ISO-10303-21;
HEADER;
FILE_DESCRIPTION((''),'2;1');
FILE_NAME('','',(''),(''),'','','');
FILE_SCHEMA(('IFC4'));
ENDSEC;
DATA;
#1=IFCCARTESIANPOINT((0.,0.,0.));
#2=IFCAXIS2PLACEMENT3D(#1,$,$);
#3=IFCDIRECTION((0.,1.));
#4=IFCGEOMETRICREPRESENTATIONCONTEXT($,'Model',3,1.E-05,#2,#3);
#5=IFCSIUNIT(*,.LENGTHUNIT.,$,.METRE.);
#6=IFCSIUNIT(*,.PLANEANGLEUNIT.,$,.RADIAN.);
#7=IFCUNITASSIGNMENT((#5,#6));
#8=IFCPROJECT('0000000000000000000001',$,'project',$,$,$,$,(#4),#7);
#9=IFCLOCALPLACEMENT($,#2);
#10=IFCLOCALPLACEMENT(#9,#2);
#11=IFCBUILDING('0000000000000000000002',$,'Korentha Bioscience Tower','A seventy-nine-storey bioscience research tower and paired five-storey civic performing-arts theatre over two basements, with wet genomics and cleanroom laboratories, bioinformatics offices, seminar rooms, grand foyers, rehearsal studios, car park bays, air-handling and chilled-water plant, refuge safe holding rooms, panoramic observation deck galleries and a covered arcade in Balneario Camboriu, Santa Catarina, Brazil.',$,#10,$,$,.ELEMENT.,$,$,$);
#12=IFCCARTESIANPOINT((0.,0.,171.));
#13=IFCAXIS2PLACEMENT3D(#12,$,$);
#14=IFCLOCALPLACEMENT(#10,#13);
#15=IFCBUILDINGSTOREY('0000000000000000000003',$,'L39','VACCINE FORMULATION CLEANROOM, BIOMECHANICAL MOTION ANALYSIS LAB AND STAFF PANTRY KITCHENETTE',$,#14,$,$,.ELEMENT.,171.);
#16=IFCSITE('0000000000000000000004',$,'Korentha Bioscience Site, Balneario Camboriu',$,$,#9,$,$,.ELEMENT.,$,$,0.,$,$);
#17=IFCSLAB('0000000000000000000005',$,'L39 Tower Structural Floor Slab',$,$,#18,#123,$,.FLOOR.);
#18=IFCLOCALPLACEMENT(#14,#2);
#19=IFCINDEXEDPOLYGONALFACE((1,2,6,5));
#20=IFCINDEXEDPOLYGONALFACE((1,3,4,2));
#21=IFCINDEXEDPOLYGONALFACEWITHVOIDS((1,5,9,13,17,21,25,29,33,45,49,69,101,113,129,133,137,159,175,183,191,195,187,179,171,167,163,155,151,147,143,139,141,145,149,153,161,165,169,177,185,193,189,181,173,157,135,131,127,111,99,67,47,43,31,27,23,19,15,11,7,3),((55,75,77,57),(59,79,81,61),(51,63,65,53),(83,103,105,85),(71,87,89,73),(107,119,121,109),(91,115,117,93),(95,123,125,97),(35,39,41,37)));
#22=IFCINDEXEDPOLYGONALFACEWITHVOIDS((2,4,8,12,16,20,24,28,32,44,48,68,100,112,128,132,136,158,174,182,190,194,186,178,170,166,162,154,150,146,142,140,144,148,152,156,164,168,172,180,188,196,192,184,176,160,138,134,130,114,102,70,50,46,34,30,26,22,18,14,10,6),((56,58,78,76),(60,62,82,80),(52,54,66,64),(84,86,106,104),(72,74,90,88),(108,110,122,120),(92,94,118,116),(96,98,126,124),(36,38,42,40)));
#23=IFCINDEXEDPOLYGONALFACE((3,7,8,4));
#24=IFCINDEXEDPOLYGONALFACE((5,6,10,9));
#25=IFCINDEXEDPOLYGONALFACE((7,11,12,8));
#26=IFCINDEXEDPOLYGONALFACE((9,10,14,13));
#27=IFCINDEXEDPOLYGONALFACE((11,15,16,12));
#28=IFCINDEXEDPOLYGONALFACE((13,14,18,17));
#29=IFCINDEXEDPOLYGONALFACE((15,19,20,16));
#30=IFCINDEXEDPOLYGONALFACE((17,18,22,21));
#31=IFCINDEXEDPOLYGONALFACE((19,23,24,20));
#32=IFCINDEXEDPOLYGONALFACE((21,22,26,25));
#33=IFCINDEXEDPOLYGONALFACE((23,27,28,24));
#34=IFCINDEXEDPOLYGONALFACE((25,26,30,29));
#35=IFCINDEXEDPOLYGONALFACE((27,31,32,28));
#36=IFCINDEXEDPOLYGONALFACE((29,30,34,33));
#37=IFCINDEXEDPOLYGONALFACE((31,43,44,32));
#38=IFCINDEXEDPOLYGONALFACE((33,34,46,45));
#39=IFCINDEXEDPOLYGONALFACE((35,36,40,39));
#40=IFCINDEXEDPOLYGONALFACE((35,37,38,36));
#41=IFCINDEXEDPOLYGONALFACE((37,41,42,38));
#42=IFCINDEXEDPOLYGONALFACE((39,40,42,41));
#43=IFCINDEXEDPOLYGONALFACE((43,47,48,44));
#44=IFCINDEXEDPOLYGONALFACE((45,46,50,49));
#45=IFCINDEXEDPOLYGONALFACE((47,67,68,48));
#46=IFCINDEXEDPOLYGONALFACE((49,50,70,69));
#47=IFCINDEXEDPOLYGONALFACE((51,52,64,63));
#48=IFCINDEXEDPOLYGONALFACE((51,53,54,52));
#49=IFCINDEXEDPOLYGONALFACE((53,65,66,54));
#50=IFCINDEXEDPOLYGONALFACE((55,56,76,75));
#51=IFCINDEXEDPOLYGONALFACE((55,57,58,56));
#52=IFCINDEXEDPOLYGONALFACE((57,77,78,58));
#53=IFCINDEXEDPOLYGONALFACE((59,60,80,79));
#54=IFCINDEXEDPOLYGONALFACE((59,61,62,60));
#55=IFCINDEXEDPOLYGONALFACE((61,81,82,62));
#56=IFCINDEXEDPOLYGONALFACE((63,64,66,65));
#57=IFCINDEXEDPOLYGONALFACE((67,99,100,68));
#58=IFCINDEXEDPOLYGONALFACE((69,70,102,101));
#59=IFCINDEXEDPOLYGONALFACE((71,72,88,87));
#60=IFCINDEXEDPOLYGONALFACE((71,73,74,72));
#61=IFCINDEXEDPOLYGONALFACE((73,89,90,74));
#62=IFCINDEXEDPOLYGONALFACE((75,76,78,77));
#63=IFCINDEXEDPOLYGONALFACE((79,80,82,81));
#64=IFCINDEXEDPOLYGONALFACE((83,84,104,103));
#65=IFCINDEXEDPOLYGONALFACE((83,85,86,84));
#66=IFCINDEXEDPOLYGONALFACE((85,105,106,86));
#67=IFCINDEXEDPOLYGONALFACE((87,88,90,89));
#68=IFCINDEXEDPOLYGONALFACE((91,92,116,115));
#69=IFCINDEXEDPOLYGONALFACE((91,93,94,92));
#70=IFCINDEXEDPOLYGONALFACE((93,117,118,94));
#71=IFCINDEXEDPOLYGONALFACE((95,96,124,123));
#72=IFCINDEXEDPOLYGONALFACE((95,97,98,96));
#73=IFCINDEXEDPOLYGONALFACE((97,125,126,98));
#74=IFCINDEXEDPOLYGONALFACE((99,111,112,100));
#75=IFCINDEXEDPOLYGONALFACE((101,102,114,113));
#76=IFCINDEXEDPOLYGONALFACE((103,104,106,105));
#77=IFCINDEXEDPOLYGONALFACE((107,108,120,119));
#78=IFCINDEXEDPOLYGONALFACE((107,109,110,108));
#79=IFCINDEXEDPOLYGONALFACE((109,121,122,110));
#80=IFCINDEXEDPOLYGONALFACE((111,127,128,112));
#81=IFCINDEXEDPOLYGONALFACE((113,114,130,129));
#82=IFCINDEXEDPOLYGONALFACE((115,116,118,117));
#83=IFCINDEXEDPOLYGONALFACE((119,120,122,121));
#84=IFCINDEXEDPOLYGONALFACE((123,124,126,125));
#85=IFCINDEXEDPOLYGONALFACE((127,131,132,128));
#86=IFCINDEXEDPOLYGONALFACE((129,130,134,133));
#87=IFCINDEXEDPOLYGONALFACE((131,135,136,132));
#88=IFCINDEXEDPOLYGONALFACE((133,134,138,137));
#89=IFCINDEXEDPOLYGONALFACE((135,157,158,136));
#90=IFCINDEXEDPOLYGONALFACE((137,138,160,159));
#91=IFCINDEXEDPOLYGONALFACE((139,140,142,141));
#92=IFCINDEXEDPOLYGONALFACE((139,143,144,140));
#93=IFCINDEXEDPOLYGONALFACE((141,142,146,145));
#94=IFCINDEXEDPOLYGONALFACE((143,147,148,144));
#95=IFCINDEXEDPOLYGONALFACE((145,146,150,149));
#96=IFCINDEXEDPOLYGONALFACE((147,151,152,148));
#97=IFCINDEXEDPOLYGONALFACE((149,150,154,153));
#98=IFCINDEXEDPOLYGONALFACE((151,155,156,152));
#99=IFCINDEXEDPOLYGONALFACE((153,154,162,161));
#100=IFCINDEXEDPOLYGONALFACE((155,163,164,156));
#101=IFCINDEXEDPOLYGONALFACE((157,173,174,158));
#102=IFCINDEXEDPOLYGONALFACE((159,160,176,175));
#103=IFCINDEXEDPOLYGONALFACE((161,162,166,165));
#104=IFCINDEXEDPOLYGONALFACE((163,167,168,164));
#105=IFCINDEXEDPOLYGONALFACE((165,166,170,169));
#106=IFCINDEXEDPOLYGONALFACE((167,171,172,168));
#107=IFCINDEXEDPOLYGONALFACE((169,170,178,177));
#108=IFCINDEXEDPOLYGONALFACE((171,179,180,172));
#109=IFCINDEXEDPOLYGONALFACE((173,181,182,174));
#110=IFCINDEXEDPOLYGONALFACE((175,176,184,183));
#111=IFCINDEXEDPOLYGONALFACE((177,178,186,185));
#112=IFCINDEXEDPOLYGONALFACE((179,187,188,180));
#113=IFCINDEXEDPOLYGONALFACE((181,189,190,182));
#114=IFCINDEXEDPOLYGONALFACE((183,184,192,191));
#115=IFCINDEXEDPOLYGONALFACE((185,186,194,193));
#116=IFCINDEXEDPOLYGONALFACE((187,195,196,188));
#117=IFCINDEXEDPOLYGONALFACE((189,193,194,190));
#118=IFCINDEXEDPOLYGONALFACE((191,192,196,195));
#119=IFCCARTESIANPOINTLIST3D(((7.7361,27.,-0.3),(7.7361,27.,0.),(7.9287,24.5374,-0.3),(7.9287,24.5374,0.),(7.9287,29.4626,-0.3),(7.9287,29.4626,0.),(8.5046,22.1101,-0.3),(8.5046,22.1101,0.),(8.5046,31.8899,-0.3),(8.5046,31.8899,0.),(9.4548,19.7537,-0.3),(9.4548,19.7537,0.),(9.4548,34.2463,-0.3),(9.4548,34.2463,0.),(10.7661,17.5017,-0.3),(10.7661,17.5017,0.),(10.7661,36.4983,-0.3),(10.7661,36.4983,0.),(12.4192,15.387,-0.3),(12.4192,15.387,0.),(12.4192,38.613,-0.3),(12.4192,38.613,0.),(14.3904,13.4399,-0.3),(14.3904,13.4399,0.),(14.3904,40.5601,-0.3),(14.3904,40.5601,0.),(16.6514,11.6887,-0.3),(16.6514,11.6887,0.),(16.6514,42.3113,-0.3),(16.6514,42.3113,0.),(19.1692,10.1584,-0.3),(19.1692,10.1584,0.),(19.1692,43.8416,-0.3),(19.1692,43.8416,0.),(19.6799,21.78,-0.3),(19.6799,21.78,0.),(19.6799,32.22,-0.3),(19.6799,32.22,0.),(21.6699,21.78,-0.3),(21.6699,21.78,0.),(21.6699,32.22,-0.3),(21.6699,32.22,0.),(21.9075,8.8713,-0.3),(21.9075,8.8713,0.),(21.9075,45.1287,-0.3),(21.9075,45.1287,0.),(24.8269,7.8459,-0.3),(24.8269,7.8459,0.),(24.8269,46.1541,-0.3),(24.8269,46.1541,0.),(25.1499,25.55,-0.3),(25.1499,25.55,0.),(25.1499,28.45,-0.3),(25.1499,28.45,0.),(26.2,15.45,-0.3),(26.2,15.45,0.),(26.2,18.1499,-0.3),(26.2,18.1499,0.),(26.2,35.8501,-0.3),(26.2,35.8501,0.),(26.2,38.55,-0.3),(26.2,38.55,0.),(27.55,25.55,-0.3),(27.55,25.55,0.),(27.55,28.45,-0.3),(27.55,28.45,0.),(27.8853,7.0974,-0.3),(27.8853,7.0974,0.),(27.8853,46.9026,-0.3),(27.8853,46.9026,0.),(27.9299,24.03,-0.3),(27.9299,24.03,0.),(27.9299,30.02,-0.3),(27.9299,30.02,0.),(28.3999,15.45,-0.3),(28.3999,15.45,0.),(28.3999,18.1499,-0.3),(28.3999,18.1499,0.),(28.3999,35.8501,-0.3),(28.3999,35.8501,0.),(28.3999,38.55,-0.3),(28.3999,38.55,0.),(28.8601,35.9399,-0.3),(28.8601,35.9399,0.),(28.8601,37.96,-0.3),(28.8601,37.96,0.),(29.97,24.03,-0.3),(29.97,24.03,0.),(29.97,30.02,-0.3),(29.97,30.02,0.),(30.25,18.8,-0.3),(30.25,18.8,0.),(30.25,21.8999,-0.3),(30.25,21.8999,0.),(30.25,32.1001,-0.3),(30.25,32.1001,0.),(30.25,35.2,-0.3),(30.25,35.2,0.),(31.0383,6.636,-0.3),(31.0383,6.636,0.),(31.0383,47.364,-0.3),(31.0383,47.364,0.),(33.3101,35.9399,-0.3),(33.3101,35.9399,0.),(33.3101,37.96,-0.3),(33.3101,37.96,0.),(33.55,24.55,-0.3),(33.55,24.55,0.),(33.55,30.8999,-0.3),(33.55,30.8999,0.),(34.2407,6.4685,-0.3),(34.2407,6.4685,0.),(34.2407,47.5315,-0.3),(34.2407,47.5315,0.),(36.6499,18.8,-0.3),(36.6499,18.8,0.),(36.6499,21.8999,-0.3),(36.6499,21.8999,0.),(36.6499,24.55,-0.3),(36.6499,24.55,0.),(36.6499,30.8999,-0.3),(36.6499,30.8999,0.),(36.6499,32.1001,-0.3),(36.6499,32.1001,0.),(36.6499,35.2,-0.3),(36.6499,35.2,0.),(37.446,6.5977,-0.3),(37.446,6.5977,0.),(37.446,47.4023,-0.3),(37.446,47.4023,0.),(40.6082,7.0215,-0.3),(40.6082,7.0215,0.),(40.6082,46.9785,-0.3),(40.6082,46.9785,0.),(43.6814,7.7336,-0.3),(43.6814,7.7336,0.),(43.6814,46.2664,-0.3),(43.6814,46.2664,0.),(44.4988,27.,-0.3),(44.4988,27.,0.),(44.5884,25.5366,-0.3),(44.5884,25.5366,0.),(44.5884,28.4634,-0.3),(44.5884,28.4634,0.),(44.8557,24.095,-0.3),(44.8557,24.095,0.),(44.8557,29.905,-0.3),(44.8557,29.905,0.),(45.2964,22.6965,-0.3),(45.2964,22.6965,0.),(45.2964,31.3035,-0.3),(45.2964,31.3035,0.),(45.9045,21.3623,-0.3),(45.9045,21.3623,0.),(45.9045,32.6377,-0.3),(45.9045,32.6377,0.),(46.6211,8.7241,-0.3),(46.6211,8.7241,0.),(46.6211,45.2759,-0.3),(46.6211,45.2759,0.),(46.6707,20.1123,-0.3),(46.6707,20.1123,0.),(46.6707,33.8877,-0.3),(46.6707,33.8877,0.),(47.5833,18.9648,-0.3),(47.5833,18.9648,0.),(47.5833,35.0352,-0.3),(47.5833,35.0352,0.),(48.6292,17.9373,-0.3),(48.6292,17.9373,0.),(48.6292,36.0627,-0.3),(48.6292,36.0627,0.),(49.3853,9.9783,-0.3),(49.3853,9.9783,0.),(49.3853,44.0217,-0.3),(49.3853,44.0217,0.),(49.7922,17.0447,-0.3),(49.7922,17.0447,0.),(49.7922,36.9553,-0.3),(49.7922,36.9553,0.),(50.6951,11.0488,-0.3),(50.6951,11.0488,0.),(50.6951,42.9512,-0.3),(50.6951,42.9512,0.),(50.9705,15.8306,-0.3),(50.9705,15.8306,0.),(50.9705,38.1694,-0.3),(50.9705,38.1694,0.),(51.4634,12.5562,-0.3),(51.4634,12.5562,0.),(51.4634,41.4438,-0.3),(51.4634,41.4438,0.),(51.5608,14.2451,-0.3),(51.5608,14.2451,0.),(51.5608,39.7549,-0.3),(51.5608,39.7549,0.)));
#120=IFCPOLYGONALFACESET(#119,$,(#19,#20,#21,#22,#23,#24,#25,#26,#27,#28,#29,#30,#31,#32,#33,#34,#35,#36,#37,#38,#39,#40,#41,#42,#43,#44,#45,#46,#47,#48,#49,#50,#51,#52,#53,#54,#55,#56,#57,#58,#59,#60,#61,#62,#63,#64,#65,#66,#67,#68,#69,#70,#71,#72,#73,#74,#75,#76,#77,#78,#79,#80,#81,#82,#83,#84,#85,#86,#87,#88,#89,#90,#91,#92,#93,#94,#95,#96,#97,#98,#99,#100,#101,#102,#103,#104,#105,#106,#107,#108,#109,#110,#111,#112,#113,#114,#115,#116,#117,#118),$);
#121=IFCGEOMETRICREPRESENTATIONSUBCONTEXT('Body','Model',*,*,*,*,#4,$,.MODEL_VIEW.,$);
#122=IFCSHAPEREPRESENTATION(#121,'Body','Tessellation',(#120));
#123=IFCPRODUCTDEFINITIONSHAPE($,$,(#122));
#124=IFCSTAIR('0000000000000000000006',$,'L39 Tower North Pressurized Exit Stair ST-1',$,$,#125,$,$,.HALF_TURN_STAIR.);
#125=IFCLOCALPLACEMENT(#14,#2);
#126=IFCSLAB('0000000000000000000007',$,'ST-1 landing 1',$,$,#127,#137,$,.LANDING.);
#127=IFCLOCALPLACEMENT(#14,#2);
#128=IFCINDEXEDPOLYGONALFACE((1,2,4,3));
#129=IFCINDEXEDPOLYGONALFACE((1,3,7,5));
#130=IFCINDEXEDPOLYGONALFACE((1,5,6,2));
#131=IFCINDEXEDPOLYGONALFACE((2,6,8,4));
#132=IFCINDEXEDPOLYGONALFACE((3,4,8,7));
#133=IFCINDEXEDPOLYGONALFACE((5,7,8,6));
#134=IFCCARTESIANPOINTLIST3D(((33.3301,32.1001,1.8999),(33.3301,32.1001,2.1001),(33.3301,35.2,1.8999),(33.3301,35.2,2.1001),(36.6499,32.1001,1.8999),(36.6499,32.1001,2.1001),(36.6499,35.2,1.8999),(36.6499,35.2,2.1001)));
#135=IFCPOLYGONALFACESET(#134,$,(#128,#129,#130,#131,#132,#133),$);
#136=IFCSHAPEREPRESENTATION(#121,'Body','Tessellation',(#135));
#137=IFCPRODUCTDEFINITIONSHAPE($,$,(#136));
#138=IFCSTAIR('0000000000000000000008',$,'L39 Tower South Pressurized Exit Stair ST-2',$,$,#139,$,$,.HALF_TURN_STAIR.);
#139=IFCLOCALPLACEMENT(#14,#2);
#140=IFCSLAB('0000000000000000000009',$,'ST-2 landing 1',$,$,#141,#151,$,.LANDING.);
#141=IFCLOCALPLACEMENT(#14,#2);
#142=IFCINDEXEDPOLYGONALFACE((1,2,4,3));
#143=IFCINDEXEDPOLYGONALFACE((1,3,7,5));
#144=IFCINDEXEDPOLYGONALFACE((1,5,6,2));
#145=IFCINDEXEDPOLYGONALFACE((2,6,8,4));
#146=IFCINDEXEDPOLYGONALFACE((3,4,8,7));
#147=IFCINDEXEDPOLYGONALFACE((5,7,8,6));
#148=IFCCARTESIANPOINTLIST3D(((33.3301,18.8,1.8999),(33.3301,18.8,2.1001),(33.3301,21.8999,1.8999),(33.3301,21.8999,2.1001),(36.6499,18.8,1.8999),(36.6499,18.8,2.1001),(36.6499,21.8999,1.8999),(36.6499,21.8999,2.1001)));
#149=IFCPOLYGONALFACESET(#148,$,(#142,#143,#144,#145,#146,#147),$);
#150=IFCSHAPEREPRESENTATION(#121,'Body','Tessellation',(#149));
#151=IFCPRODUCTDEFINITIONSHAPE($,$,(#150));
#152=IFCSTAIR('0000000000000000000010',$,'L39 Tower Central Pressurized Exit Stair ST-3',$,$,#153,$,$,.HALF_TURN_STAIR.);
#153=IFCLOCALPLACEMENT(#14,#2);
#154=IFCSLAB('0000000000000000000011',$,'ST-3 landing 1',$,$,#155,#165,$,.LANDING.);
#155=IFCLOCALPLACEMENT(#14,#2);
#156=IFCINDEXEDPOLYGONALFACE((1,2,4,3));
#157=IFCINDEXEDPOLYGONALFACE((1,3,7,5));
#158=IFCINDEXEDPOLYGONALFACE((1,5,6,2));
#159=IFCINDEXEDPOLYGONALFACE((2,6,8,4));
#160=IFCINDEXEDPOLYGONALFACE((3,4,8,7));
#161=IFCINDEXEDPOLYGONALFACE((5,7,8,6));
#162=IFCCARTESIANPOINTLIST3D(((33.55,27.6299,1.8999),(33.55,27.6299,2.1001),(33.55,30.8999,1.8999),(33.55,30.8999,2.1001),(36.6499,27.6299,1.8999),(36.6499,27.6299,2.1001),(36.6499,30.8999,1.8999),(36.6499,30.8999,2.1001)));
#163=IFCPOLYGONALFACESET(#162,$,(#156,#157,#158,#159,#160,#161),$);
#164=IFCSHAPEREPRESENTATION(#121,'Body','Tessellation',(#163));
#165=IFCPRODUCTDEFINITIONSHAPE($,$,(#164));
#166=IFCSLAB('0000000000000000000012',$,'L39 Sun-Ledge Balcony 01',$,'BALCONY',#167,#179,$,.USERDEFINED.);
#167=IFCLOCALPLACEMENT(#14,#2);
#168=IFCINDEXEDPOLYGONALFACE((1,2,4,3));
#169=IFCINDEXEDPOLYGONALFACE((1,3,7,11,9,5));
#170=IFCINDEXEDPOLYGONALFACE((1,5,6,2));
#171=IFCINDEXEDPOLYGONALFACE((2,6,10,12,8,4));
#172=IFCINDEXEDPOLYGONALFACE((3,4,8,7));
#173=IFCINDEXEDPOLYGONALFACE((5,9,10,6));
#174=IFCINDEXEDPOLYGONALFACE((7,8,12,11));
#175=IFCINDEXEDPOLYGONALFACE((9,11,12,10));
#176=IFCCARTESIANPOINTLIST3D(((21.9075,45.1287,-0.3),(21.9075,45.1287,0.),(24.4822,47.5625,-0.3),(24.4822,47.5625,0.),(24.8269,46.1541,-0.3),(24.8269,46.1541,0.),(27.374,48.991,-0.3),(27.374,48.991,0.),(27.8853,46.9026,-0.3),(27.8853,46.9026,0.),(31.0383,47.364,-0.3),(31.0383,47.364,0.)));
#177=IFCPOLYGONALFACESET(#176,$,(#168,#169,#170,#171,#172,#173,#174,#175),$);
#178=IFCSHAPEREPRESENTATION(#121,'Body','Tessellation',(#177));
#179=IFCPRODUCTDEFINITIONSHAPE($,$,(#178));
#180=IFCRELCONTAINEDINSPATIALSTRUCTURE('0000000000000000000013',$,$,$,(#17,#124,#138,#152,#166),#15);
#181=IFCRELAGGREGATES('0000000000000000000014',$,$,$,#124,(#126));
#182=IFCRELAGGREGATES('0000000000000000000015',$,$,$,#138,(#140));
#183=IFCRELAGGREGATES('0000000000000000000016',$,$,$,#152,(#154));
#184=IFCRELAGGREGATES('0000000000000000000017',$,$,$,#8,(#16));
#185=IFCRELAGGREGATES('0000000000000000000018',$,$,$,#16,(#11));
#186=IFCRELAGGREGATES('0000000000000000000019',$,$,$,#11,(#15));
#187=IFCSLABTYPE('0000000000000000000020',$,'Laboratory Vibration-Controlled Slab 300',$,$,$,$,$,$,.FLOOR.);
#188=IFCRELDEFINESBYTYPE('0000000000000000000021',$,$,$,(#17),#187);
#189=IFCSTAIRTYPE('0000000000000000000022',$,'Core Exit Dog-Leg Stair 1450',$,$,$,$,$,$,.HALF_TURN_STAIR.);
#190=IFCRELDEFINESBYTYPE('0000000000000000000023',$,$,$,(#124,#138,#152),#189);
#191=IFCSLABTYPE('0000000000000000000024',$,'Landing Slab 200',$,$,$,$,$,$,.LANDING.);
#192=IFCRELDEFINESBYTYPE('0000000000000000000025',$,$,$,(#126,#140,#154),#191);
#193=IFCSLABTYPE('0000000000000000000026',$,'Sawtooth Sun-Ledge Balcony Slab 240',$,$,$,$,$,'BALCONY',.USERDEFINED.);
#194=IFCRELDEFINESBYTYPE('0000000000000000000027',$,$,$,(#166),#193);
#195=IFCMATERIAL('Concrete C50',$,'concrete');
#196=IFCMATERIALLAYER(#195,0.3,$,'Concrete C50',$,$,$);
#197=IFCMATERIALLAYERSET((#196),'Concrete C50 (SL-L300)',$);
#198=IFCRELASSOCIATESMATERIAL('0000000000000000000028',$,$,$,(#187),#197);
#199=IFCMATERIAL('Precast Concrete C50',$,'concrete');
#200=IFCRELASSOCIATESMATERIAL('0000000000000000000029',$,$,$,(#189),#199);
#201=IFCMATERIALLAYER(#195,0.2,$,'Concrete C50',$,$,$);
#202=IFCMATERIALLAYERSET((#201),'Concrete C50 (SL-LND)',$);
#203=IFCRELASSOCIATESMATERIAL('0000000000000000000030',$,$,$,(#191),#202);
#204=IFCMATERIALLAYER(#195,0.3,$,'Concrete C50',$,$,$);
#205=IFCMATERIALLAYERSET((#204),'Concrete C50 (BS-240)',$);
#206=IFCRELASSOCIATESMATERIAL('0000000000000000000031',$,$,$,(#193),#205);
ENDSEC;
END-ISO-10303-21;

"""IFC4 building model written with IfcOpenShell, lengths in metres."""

from ifc_helpers import new_model, si_unit, direction, frame, origin, place, context, subcontext, project, spatial, polyline, outline, extrude, material, layer, layer_set, type_object, element, aggregate, save


model = new_model("IFC4")

# Units and contexts
model_context = context("Model", 3, precision=1e-05, world=origin(), true_north=direction((0.0, 1.0)))
body_context = subcontext(model_context, "Body", "Model", "MODEL_VIEW")
ifc_project = project(units=[si_unit("LENGTHUNIT", "METRE"), si_unit("PLANEANGLEUNIT", "RADIAN")], contexts=[model_context])

# Site, building, storey
site_placement = place(None, origin())
site = spatial("IfcSite", under=ifc_project, at=site_placement, Name="Korentha Bioscience Site, Balneario Camboriu", CompositionType="ELEMENT", RefElevation=0.0)
building_placement = place(site_placement, origin())
building = spatial("IfcBuilding", under=site, at=building_placement, Name="Korentha Bioscience Tower", Description="A seventy-nine-storey bioscience research tower and paired five-storey civic performing-arts theatre over two basements, with wet genomics and cleanroom laboratories, bioinformatics offices, seminar rooms, grand foyers, rehearsal studios, car park bays, air-handling and chilled-water plant, refuge safe holding rooms, panoramic observation deck galleries and a covered arcade in Balneario Camboriu, Santa Catarina, Brazil.", CompositionType="ELEMENT")
storey_placement = place(building_placement, frame((0.0, 0.0, 171.0)))
storey = spatial("IfcBuildingStorey", under=building, at=storey_placement, Name="L39", Description="VACCINE FORMULATION CLEANROOM, BIOMECHANICAL MOTION ANALYSIS LAB AND STAFF PANTRY KITCHENETTE", CompositionType="ELEMENT", Elevation=171.0)

# Slab
ifc_material_1 = material(Name="Concrete C50", Category="concrete")
ifc_layer_1 = layer(ifc_material_1, 0.3, Name="Concrete C50")
ifc_layer_set_1 = layer_set([ifc_layer_1], Name="Concrete C50 (SL-L300)")
slab_type_1 = type_object("IfcSlabType", Name="Laboratory Vibration-Controlled Slab 300", PredefinedType="FLOOR", material=ifc_layer_set_1)
slab_1_placement = place(storey_placement, frame((0.0, 0.0, -0.3)))
element("IfcSlab", 1, at=slab_1_placement, inside=storey, type_object=slab_type_1, Name="L39 Tower Structural Floor Slab", PredefinedType="FLOOR", context=body_context, shape_type="SweptSolid", body=[
    extrude(outline(polyline([(49.3853, 44.0217), (46.6211, 45.2759), (43.6814, 46.2664), (40.6082, 46.9785), (37.446, 47.4023), (34.2407, 47.5315), (31.0383, 47.364), (27.8853, 46.9026), (24.8269, 46.1541), (21.9075, 45.1287), (19.1692, 43.8416), (16.6514, 42.3113), (14.3904, 40.5601), (12.4192, 38.613), (10.7661, 36.4983), (9.4548, 34.2463), (8.5046, 31.8899), (7.9287, 29.4626), (7.7361, 27.0), (7.9287, 24.5374), (8.5046, 22.1101), (9.4548, 19.7537), (10.7661, 17.5017), (12.4192, 15.387), (14.3904, 13.4399), (16.6514, 11.6887), (19.1692, 10.1584), (21.9075, 8.8713), (24.8269, 7.8459), (27.8853, 7.0974), (31.0383, 6.636), (34.2407, 6.4685), (37.446, 6.5977), (40.6082, 7.0215), (43.6814, 7.7336), (46.6211, 8.7241), (49.3853, 9.9783), (50.6951, 11.0488), (51.4634, 12.5562), (51.5608, 14.2451), (50.9705, 15.8306), (49.7922, 17.0447), (48.6292, 17.9373), (47.5833, 18.9648), (46.6707, 20.1123), (45.9045, 21.3623), (45.2964, 22.6965), (44.8557, 24.095), (44.5884, 25.5366), (44.4988, 27.0), (44.5884, 28.4634), (44.8557, 29.905), (45.2964, 31.3035), (45.9045, 32.6377), (46.6707, 33.8877), (47.5833, 35.0352), (48.6292, 36.0627), (49.7922, 36.9553), (50.9705, 38.1694), (51.5608, 39.7549), (51.4634, 41.4438), (50.6951, 42.9512), (49.3853, 44.0217)]), holes=[polyline([(30.25, 32.1001), (36.6499, 32.1001), (36.6499, 35.2), (30.25, 35.2), (30.25, 32.1001)]), polyline([(30.25, 18.8), (36.6499, 18.8), (36.6499, 21.8999), (30.25, 21.8999), (30.25, 18.8)]), polyline([(36.6499, 24.55), (36.6499, 30.8999), (33.55, 30.8999), (33.55, 24.55), (36.6499, 24.55)]), polyline([(19.6799, 21.78), (21.6699, 21.78), (21.6699, 32.22), (19.6799, 32.22), (19.6799, 21.78)]), polyline([(27.9299, 24.03), (29.97, 24.03), (29.97, 30.02), (27.9299, 30.02), (27.9299, 24.03)]), polyline([(28.8601, 35.9399), (33.3101, 35.9399), (33.3101, 37.96), (28.8601, 37.96), (28.8601, 35.9399)]), polyline([(26.2, 15.45), (28.3999, 15.45), (28.3999, 18.1499), (26.2, 18.1499), (26.2, 15.45)]), polyline([(26.2, 35.8501), (28.3999, 35.8501), (28.3999, 38.55), (26.2, 38.55), (26.2, 35.8501)]), polyline([(25.1499, 25.55), (27.55, 25.55), (27.55, 28.45), (25.1499, 28.45), (25.1499, 25.55)])]), origin(), (0.0, 0.0, 1.0), 0.3),
])

# Stairs, slabs
ifc_material_2 = material(Name="Precast Concrete C50", Category="concrete")
stair_type = type_object("IfcStairType", Name="Core Exit Dog-Leg Stair 1450", PredefinedType="HALF_TURN_STAIR", material=ifc_material_2)
stair_1_placement = place(storey_placement, origin())
stair_1 = element("IfcStair", 2, at=stair_1_placement, inside=storey, type_object=stair_type, Name="L39 Tower North Pressurized Exit Stair ST-1", PredefinedType="HALF_TURN_STAIR")
ifc_layer_2 = layer(ifc_material_1, 0.2, Name="Concrete C50")
ifc_layer_set_2 = layer_set([ifc_layer_2], Name="Concrete C50 (SL-LND)")
slab_type_2 = type_object("IfcSlabType", Name="Landing Slab 200", PredefinedType="LANDING", material=ifc_layer_set_2)
slab_2_placement = place(storey_placement, frame((0.0, 0.0, 1.8999)))
slab_2 = element("IfcSlab", 3, at=slab_2_placement, type_object=slab_type_2, Name="ST-1 landing 1", PredefinedType="LANDING", context=body_context, shape_type="SweptSolid", body=[
    extrude(outline(polyline([(33.3301, 32.1001), (36.6499, 32.1001), (36.6499, 35.2), (33.3301, 35.2), (33.3301, 32.1001)])), origin(), (0.0, 0.0, 1.0), 0.2002),
])
aggregate(stair_1, [slab_2])
stair_2_placement = place(storey_placement, origin())
stair_2 = element("IfcStair", 4, at=stair_2_placement, inside=storey, type_object=stair_type, Name="L39 Tower South Pressurized Exit Stair ST-2", PredefinedType="HALF_TURN_STAIR")
slab_3_placement = place(storey_placement, frame((0.0, 0.0, 1.8999)))
slab_3 = element("IfcSlab", 5, at=slab_3_placement, type_object=slab_type_2, Name="ST-2 landing 1", PredefinedType="LANDING", context=body_context, shape_type="SweptSolid", body=[
    extrude(outline(polyline([(33.3301, 18.8), (36.6499, 18.8), (36.6499, 21.8999), (33.3301, 21.8999), (33.3301, 18.8)])), origin(), (0.0, 0.0, 1.0), 0.2002),
])
aggregate(stair_2, [slab_3])
stair_3_placement = place(storey_placement, origin())
stair_3 = element("IfcStair", 6, at=stair_3_placement, inside=storey, type_object=stair_type, Name="L39 Tower Central Pressurized Exit Stair ST-3", PredefinedType="HALF_TURN_STAIR")
slab_4_placement = place(storey_placement, frame((0.0, 0.0, 1.8999)))
slab_4 = element("IfcSlab", 7, at=slab_4_placement, type_object=slab_type_2, Name="ST-3 landing 1", PredefinedType="LANDING", context=body_context, shape_type="SweptSolid", body=[
    extrude(outline(polyline([(36.6499, 27.6299), (36.6499, 30.8999), (33.55, 30.8999), (33.55, 27.6299), (36.6499, 27.6299)])), origin(), (0.0, 0.0, 1.0), 0.2002),
])
aggregate(stair_3, [slab_4])

# Slab
ifc_layer_3 = layer(ifc_material_1, 0.3, Name="Concrete C50")
ifc_layer_set_3 = layer_set([ifc_layer_3], Name="Concrete C50 (BS-240)")
slab_type_3 = type_object("IfcSlabType", Name="Sawtooth Sun-Ledge Balcony Slab 240", ElementType="BALCONY", PredefinedType="USERDEFINED", material=ifc_layer_set_3)
slab_5_placement = place(storey_placement, frame((0.0, 0.0, -0.3)))
element("IfcSlab", 8, at=slab_5_placement, inside=storey, type_object=slab_type_3, Name="L39 Sun-Ledge Balcony 01", ObjectType="BALCONY", PredefinedType="USERDEFINED", context=body_context, shape_type="SweptSolid", body=[
    extrude(outline(polyline([(21.9075, 45.1287), (24.8269, 46.1541), (27.8853, 46.9026), (31.0383, 47.364), (27.374, 48.991), (24.4822, 47.5625), (21.9075, 45.1287)])), origin(), (0.0, 0.0, 1.0), 0.3),
])

save(model, "model.ifc")
